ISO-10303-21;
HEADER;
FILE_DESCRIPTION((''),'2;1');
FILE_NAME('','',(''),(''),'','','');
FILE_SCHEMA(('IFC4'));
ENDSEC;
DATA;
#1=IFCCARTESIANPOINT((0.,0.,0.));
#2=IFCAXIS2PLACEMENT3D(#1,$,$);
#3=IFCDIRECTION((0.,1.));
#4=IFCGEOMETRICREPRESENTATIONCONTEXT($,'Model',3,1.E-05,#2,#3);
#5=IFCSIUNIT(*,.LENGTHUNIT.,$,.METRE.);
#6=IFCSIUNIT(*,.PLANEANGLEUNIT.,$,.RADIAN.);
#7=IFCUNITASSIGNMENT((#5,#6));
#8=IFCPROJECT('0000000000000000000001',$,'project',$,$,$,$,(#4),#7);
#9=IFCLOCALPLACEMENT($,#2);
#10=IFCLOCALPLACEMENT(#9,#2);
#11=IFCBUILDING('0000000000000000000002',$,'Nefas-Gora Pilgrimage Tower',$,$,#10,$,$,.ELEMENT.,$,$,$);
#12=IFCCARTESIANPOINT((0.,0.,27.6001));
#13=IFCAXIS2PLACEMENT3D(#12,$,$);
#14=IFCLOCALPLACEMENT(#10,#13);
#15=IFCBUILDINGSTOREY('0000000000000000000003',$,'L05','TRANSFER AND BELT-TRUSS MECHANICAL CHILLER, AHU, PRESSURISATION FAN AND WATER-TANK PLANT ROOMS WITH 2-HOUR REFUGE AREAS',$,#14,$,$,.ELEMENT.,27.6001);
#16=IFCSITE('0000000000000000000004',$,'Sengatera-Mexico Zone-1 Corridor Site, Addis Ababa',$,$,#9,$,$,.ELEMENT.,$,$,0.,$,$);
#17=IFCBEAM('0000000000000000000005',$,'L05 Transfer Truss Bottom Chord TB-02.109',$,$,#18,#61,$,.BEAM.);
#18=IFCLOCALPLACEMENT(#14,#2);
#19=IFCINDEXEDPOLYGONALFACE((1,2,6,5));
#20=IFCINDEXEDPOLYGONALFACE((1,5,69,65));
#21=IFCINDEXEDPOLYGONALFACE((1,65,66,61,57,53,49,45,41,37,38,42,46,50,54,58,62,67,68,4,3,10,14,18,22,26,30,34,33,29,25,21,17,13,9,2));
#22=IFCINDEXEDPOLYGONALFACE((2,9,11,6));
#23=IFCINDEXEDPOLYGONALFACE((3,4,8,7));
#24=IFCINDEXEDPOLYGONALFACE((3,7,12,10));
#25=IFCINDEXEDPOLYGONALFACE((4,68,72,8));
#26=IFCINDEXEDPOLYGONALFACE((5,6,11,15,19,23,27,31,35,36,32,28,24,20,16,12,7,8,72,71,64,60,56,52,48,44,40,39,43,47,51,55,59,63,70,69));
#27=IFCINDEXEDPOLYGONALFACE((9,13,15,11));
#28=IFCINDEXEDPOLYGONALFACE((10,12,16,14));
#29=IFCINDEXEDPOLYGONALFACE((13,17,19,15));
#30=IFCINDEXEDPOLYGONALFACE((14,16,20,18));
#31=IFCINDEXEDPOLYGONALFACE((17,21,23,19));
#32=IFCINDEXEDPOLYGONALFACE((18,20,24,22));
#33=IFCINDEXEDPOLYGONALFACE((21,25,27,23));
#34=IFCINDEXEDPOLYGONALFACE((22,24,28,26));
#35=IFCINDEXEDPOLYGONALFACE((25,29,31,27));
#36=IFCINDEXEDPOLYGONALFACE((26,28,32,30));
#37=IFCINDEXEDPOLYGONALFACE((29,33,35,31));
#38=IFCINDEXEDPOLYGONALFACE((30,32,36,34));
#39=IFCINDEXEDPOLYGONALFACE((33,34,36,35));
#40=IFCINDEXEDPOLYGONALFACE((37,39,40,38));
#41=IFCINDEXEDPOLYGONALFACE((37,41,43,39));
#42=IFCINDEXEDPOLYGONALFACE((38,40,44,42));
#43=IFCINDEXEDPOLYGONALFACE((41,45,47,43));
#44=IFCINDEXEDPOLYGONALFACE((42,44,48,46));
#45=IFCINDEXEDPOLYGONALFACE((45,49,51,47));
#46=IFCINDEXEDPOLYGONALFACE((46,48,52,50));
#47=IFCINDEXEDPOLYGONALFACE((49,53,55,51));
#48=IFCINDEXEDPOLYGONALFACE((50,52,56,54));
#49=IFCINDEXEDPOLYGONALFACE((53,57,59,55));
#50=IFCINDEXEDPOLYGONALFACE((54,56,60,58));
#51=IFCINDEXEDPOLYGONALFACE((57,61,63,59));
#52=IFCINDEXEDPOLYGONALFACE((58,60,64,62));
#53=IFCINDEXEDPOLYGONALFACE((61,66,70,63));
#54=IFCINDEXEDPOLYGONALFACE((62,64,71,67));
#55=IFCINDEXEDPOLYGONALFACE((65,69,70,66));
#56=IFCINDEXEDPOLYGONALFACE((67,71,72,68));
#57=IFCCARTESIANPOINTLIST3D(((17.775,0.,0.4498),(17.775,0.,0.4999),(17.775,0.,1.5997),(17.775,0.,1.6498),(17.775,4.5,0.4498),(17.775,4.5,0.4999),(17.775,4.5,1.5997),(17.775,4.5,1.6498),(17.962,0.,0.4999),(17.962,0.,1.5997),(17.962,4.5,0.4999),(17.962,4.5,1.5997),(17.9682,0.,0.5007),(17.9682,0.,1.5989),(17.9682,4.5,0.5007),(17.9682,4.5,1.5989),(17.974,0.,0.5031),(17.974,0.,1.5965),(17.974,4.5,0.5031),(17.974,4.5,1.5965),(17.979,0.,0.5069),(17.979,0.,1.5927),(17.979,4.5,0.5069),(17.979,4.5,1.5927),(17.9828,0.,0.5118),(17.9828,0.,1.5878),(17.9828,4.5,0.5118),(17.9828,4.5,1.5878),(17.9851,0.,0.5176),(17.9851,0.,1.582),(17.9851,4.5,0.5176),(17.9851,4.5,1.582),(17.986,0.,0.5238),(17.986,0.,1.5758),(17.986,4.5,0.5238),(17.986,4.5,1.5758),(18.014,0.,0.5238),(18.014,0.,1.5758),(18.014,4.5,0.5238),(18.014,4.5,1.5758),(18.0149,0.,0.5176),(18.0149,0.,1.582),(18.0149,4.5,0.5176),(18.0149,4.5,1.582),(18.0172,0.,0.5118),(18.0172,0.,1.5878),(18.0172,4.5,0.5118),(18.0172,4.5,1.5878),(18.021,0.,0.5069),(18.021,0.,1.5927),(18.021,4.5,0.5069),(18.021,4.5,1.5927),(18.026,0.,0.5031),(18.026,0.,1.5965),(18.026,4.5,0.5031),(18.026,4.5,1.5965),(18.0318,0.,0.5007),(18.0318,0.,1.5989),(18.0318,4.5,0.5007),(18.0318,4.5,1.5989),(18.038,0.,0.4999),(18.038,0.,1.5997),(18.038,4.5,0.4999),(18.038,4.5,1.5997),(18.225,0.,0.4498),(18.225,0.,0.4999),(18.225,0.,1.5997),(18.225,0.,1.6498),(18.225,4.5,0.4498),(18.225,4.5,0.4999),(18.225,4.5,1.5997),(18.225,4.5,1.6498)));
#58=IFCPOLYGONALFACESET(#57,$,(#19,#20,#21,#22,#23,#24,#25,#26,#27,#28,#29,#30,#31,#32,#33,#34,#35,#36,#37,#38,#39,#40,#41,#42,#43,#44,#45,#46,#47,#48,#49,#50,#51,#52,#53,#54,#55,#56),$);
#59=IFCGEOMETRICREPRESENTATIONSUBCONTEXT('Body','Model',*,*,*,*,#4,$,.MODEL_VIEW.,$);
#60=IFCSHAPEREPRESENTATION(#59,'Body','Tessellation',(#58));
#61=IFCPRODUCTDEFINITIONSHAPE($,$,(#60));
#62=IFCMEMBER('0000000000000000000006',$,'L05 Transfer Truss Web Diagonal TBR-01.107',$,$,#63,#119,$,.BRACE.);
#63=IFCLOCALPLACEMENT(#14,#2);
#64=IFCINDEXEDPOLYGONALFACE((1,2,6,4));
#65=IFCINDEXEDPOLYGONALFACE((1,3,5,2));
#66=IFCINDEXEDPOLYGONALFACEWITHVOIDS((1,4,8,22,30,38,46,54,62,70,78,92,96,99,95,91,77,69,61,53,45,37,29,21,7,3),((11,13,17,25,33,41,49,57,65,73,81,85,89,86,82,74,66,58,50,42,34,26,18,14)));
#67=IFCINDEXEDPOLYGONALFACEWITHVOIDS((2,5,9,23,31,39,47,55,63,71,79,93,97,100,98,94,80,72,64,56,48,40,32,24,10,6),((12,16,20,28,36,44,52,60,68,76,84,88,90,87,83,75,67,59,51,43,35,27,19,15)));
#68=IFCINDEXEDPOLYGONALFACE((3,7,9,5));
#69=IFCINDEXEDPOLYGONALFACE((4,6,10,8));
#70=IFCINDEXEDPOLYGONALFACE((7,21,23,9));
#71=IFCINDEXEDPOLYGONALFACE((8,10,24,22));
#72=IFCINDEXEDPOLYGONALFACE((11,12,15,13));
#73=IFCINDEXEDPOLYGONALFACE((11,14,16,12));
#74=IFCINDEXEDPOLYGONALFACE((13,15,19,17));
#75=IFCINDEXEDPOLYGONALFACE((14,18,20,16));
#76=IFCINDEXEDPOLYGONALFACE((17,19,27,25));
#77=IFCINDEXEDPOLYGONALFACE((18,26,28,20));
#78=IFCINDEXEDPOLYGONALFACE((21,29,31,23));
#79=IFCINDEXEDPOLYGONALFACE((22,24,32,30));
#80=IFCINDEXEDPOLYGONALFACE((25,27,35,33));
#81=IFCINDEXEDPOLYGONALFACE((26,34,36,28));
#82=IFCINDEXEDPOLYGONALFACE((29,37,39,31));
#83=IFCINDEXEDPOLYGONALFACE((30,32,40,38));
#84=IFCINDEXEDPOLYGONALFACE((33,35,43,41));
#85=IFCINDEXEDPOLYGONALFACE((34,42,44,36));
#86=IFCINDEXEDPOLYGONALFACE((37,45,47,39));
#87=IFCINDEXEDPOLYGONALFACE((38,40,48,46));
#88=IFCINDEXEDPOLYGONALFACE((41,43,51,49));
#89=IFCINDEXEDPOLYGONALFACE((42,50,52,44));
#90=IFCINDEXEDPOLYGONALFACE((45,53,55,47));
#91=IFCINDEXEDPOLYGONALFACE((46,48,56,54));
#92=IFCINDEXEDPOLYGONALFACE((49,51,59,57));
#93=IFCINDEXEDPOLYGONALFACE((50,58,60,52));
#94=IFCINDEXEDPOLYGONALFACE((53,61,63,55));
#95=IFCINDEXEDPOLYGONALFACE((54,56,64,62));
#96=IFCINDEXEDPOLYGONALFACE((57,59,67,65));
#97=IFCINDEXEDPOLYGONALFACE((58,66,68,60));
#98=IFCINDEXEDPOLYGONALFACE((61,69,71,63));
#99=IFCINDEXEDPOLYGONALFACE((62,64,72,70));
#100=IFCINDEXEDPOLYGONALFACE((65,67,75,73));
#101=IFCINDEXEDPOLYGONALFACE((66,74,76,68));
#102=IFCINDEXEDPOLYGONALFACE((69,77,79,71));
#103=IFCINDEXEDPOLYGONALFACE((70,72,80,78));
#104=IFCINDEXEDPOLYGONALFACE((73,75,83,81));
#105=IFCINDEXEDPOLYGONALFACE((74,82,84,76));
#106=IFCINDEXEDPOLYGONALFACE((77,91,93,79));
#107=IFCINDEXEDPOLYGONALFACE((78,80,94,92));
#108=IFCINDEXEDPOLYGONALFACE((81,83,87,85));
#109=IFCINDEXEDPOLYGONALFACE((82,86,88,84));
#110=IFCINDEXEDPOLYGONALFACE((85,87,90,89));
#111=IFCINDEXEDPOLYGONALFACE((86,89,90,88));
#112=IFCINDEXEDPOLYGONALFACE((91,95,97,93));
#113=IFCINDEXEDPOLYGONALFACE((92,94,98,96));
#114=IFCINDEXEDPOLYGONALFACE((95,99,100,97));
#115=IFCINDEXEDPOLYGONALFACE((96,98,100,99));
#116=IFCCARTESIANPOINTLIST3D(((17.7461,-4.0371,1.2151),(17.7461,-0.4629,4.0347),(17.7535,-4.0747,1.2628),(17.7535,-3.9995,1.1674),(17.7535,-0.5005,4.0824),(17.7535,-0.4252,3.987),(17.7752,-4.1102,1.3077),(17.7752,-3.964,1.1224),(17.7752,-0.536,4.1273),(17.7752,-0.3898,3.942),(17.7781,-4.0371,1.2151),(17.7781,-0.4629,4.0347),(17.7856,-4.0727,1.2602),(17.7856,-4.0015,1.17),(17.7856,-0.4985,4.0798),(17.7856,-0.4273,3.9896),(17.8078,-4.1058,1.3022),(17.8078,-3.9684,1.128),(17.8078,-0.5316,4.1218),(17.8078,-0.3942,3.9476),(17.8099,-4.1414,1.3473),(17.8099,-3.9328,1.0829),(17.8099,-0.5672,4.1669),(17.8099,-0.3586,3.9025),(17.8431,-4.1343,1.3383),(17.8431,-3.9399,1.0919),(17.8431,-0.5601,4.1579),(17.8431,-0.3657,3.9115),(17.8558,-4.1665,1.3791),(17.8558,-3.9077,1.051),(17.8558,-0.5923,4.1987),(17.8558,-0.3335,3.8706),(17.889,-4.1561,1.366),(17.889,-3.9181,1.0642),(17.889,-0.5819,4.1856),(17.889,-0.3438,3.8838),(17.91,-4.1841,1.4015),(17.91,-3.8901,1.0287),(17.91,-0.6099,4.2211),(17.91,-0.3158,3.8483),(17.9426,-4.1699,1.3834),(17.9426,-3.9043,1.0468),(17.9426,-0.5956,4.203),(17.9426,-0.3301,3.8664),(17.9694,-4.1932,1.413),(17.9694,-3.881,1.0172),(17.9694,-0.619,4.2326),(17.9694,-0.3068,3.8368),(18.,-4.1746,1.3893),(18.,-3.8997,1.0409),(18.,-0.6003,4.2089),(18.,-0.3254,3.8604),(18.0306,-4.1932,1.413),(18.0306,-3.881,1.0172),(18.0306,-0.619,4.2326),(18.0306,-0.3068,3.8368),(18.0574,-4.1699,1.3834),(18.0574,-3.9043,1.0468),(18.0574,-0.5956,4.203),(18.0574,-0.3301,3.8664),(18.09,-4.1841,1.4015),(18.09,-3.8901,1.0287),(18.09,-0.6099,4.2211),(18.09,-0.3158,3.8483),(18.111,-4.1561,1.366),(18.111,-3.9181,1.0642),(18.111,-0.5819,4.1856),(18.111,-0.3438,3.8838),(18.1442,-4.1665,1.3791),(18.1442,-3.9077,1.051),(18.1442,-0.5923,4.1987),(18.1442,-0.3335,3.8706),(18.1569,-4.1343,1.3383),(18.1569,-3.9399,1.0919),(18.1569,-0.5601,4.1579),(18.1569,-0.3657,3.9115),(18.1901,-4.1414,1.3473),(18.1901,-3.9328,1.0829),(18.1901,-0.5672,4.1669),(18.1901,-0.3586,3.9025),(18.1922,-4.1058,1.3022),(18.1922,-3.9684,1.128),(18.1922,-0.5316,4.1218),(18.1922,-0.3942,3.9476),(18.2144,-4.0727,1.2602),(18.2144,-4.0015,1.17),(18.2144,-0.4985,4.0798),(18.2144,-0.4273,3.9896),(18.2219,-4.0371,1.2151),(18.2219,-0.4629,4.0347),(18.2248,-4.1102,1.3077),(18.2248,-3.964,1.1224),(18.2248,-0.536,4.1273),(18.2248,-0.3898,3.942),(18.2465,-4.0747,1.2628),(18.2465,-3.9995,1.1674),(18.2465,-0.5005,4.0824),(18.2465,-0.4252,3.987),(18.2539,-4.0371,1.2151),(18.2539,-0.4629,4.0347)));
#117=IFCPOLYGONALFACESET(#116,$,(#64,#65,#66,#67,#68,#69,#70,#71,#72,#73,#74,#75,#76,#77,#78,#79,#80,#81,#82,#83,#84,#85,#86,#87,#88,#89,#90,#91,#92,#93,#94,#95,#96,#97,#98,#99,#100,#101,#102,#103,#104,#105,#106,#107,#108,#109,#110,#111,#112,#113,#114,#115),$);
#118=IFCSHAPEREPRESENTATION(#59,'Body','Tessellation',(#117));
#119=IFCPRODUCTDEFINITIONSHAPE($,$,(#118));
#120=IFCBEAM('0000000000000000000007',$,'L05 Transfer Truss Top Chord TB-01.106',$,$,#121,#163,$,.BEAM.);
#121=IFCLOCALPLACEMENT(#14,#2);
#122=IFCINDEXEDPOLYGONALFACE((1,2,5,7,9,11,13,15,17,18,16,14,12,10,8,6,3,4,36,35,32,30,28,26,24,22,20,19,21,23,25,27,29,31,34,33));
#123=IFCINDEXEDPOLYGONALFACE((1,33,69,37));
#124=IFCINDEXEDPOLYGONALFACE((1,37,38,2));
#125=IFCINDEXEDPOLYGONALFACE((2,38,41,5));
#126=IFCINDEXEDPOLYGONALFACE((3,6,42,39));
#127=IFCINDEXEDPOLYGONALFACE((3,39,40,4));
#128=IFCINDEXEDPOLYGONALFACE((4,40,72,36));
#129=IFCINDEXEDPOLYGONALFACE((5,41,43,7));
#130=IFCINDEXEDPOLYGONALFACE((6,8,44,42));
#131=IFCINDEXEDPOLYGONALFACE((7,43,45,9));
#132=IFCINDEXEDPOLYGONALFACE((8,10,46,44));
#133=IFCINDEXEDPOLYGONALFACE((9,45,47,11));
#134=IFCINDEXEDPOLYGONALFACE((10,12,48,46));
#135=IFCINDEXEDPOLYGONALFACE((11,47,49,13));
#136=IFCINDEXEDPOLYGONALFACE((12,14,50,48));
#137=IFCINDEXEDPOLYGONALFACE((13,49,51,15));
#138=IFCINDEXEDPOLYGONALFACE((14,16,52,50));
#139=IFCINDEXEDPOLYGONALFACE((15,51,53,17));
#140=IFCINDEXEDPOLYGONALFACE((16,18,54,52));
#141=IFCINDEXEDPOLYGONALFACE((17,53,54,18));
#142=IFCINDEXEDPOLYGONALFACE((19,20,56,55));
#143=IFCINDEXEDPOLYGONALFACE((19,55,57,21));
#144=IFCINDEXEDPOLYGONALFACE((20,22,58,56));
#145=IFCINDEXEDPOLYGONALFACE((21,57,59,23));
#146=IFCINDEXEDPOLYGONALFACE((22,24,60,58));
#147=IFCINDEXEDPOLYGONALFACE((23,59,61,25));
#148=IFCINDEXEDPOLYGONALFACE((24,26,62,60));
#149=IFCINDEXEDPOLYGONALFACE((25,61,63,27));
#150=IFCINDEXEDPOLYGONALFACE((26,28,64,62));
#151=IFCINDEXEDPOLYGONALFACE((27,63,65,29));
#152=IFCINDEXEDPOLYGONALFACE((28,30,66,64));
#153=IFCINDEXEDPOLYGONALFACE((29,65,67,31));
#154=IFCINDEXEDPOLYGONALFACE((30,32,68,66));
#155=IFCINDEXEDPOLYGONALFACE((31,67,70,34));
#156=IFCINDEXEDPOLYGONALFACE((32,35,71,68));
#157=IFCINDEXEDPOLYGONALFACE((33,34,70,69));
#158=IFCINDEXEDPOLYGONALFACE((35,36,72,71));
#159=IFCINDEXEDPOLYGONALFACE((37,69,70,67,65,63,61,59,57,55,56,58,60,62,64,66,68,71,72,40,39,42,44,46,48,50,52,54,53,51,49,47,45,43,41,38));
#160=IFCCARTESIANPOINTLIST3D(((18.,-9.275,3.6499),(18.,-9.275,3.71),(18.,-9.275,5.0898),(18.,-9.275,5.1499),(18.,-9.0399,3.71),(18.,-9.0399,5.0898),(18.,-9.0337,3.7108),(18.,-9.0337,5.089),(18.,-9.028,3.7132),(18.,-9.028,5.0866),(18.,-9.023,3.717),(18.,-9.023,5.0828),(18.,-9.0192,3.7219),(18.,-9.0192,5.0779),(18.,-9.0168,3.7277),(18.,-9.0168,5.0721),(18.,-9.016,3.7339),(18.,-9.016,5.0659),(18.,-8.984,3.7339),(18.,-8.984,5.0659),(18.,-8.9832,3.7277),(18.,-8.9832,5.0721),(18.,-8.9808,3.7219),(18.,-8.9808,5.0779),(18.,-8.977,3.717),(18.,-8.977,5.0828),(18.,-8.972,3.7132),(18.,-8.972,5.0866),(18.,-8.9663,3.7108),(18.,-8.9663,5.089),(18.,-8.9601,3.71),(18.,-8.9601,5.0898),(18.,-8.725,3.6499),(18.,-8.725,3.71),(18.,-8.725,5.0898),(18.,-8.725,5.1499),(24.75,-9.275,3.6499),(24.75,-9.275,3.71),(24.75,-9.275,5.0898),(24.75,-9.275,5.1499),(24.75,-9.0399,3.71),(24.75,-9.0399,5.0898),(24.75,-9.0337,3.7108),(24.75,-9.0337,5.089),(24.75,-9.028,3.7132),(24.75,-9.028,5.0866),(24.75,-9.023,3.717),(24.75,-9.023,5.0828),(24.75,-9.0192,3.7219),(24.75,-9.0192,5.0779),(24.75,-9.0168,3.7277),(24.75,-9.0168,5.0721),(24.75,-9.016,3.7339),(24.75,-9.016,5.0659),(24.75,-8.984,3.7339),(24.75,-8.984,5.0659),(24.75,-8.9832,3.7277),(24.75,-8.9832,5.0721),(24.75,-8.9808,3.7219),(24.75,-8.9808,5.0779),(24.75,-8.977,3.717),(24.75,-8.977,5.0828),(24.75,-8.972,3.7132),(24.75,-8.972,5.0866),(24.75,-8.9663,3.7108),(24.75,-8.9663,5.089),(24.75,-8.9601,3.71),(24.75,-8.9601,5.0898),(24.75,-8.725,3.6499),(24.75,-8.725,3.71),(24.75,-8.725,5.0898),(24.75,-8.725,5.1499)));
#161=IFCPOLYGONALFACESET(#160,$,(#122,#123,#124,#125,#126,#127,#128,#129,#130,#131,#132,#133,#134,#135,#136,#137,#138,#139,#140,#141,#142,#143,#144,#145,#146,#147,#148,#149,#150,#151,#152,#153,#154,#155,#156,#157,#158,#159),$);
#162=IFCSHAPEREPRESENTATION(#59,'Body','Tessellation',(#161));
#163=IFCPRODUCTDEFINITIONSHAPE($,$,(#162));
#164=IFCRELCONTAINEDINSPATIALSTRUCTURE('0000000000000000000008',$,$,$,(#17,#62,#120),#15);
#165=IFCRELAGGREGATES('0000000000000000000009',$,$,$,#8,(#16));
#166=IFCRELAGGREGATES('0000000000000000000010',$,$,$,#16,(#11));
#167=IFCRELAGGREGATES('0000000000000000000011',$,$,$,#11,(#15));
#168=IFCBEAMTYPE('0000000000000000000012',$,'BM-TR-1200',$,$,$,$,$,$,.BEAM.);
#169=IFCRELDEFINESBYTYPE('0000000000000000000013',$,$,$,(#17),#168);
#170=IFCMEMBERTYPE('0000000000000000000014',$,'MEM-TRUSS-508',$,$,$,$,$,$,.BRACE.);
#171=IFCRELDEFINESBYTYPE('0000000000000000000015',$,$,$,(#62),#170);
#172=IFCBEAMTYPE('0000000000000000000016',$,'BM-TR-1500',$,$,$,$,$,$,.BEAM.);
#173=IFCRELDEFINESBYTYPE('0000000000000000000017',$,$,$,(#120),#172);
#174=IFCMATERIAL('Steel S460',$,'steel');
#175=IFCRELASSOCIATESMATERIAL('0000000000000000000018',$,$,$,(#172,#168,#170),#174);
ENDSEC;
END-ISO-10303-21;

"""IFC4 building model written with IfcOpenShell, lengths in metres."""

from ifc_helpers import new_model, si_unit, direction, frame, origin, origin_2d, place, context, subcontext, project, spatial, hollow_circle, i_section, extrude, source, transform, mapped, material, material_profile, profile_set, type_object, element, save


model = new_model("IFC4")

# Units and contexts
model_context = context("Model", 3, precision=1e-05, world=origin(), true_north=direction((0.0, 1.0)))
body_context = subcontext(model_context, "Body", "Model", "MODEL_VIEW")
ifc_project = project(units=[si_unit("LENGTHUNIT", "METRE"), si_unit("PLANEANGLEUNIT", "RADIAN")], contexts=[model_context])

# Site, building, storey
site_placement = place(None, origin())
site = spatial("IfcSite", under=ifc_project, at=site_placement, Name="Sengatera-Mexico Zone-1 Corridor Site, Addis Ababa", CompositionType="ELEMENT", RefElevation=0.0)
building_placement = place(site_placement, origin())
building = spatial("IfcBuilding", under=site, at=building_placement, Name="Nefas-Gora Pilgrimage Tower", CompositionType="ELEMENT")
storey_placement = place(building_placement, frame((0.0, 0.0, 27.6001)))
storey = spatial("IfcBuildingStorey", under=building, at=storey_placement, Name="L05", Description="TRANSFER AND BELT-TRUSS MECHANICAL CHILLER, AHU, PRESSURISATION FAN AND WATER-TANK PLANT ROOMS WITH 2-HOUR REFUGE AREAS", CompositionType="ELEMENT", Elevation=27.6001)

# Shared definitions
ifc_material_1 = material(Name="Steel S460", Category="steel")

# Beam
ifc_material_profile_1 = material_profile(ifc_material_1, i_section(OverallWidth=0.55, OverallDepth=1.5, WebThickness=0.032, FlangeThickness=0.0601, FilletRadius=0.0239, at=origin_2d()), Name="WPG 1500x550x32x60")
ifc_profile_set_1 = profile_set([ifc_material_profile_1], Name="Steel S460")
beam_type_1 = type_object("IfcBeamType", Name="BM-TR-1500", PredefinedType="BEAM", material=ifc_profile_set_1)
ifc_material_profile_2 = material_profile(ifc_material_1, i_section(OverallWidth=0.45, OverallDepth=1.2, WebThickness=0.0281, FlangeThickness=0.05, FilletRadius=0.0239, at=origin_2d()), Name="WPG 1200x450x28x50")
ifc_profile_set_2 = profile_set([ifc_material_profile_2], Name="Steel S460")
beam_type_2 = type_object("IfcBeamType", Name="BM-TR-1200", PredefinedType="BEAM", material=ifc_profile_set_2)
shared_shape_1 = source(origin(), body_context, "Body", "SweptSolid", [
    extrude(i_section(OverallWidth=0.45, OverallDepth=1.2, WebThickness=0.0281, FlangeThickness=0.05, FilletRadius=0.0239, at=origin_2d()), origin(), (0.0, 0.0, 1.0), 4.5),
])
for number, where, z_axis, x_axis, name in (
    (1, (18.0, 0.0, 1.0498), (0.0, 1.0, 0.0), (-1.0, 0.0, 0.0), "L05 Transfer Truss Bottom Chord TB-02.109"),
):
    element("IfcBeam", number, at=place(storey_placement, frame(where, z_axis=z_axis, x_axis=x_axis)), inside=storey, type_object=beam_type_2, Name=name, PredefinedType="BEAM", context=body_context, shape_type="MappedRepresentation", body=[
        mapped(shared_shape_1, transform((0.0, 0.0, 0.0), x_axis=(1.0, 0.0, 0.0), y_axis=(0.0, 1.0, 0.0), z_axis=(0.0, 0.0, 1.0), scale=1.0)),
    ])

# Member
ifc_material_profile_3 = material_profile(ifc_material_1, hollow_circle(Radius=0.2539, WallThickness=0.032, at=origin_2d()), Name="CHS 508x32")
ifc_profile_set_3 = profile_set([ifc_material_profile_3], Name="Steel S460")
member_type = type_object("IfcMemberType", Name="MEM-TRUSS-508", PredefinedType="BRACE", material=ifc_profile_set_3)
shared_shape_2 = source(origin(), body_context, "Body", "SweptSolid", [
    extrude(hollow_circle(Radius=0.2539, WallThickness=0.032, at=origin_2d()), origin(), (0.0, 0.0, 1.0), 4.5525),
])
member_placement = place(storey_placement, frame((18.0, -4.0371, 1.2151), z_axis=(0.0, 0.785115, 0.61935), x_axis=(-1.0, 0.0, 0.0)))
element("IfcMember", 2, at=member_placement, inside=storey, type_object=member_type, Name="L05 Transfer Truss Web Diagonal TBR-01.107", PredefinedType="BRACE", context=body_context, shape_type="MappedRepresentation", body=[
    mapped(shared_shape_2, transform((0.0, 0.0, 0.0), x_axis=(1.0, 0.0, 0.0), y_axis=(0.0, 1.0, 0.0), z_axis=(0.0, 0.0, 1.0), scale=1.0)),
])

# Beam
shared_shape_3 = source(origin(), body_context, "Body", "SweptSolid", [
    extrude(i_section(OverallWidth=0.55, OverallDepth=1.5, WebThickness=0.032, FlangeThickness=0.0601, FilletRadius=0.0239, at=origin_2d()), origin(), (0.0, 0.0, 1.0), 6.75),
])
for number, where, z_axis, x_axis, name in (
    (3, (18.0, -9.0, 4.3999), (1.0, 0.0, 0.0), (0.0, 1.0, 0.0), "L05 Transfer Truss Top Chord TB-01.106"),
):
    element("IfcBeam", number, at=place(storey_placement, frame(where, z_axis=z_axis, x_axis=x_axis)), inside=storey, type_object=beam_type_1, Name=name, PredefinedType="BEAM", context=body_context, shape_type="MappedRepresentation", body=[
        mapped(shared_shape_3, transform((0.0, 0.0, 0.0), x_axis=(1.0, 0.0, 0.0), y_axis=(0.0, 1.0, 0.0), z_axis=(0.0, 0.0, 1.0), scale=1.0)),
    ])

save(model, "model.ifc")
